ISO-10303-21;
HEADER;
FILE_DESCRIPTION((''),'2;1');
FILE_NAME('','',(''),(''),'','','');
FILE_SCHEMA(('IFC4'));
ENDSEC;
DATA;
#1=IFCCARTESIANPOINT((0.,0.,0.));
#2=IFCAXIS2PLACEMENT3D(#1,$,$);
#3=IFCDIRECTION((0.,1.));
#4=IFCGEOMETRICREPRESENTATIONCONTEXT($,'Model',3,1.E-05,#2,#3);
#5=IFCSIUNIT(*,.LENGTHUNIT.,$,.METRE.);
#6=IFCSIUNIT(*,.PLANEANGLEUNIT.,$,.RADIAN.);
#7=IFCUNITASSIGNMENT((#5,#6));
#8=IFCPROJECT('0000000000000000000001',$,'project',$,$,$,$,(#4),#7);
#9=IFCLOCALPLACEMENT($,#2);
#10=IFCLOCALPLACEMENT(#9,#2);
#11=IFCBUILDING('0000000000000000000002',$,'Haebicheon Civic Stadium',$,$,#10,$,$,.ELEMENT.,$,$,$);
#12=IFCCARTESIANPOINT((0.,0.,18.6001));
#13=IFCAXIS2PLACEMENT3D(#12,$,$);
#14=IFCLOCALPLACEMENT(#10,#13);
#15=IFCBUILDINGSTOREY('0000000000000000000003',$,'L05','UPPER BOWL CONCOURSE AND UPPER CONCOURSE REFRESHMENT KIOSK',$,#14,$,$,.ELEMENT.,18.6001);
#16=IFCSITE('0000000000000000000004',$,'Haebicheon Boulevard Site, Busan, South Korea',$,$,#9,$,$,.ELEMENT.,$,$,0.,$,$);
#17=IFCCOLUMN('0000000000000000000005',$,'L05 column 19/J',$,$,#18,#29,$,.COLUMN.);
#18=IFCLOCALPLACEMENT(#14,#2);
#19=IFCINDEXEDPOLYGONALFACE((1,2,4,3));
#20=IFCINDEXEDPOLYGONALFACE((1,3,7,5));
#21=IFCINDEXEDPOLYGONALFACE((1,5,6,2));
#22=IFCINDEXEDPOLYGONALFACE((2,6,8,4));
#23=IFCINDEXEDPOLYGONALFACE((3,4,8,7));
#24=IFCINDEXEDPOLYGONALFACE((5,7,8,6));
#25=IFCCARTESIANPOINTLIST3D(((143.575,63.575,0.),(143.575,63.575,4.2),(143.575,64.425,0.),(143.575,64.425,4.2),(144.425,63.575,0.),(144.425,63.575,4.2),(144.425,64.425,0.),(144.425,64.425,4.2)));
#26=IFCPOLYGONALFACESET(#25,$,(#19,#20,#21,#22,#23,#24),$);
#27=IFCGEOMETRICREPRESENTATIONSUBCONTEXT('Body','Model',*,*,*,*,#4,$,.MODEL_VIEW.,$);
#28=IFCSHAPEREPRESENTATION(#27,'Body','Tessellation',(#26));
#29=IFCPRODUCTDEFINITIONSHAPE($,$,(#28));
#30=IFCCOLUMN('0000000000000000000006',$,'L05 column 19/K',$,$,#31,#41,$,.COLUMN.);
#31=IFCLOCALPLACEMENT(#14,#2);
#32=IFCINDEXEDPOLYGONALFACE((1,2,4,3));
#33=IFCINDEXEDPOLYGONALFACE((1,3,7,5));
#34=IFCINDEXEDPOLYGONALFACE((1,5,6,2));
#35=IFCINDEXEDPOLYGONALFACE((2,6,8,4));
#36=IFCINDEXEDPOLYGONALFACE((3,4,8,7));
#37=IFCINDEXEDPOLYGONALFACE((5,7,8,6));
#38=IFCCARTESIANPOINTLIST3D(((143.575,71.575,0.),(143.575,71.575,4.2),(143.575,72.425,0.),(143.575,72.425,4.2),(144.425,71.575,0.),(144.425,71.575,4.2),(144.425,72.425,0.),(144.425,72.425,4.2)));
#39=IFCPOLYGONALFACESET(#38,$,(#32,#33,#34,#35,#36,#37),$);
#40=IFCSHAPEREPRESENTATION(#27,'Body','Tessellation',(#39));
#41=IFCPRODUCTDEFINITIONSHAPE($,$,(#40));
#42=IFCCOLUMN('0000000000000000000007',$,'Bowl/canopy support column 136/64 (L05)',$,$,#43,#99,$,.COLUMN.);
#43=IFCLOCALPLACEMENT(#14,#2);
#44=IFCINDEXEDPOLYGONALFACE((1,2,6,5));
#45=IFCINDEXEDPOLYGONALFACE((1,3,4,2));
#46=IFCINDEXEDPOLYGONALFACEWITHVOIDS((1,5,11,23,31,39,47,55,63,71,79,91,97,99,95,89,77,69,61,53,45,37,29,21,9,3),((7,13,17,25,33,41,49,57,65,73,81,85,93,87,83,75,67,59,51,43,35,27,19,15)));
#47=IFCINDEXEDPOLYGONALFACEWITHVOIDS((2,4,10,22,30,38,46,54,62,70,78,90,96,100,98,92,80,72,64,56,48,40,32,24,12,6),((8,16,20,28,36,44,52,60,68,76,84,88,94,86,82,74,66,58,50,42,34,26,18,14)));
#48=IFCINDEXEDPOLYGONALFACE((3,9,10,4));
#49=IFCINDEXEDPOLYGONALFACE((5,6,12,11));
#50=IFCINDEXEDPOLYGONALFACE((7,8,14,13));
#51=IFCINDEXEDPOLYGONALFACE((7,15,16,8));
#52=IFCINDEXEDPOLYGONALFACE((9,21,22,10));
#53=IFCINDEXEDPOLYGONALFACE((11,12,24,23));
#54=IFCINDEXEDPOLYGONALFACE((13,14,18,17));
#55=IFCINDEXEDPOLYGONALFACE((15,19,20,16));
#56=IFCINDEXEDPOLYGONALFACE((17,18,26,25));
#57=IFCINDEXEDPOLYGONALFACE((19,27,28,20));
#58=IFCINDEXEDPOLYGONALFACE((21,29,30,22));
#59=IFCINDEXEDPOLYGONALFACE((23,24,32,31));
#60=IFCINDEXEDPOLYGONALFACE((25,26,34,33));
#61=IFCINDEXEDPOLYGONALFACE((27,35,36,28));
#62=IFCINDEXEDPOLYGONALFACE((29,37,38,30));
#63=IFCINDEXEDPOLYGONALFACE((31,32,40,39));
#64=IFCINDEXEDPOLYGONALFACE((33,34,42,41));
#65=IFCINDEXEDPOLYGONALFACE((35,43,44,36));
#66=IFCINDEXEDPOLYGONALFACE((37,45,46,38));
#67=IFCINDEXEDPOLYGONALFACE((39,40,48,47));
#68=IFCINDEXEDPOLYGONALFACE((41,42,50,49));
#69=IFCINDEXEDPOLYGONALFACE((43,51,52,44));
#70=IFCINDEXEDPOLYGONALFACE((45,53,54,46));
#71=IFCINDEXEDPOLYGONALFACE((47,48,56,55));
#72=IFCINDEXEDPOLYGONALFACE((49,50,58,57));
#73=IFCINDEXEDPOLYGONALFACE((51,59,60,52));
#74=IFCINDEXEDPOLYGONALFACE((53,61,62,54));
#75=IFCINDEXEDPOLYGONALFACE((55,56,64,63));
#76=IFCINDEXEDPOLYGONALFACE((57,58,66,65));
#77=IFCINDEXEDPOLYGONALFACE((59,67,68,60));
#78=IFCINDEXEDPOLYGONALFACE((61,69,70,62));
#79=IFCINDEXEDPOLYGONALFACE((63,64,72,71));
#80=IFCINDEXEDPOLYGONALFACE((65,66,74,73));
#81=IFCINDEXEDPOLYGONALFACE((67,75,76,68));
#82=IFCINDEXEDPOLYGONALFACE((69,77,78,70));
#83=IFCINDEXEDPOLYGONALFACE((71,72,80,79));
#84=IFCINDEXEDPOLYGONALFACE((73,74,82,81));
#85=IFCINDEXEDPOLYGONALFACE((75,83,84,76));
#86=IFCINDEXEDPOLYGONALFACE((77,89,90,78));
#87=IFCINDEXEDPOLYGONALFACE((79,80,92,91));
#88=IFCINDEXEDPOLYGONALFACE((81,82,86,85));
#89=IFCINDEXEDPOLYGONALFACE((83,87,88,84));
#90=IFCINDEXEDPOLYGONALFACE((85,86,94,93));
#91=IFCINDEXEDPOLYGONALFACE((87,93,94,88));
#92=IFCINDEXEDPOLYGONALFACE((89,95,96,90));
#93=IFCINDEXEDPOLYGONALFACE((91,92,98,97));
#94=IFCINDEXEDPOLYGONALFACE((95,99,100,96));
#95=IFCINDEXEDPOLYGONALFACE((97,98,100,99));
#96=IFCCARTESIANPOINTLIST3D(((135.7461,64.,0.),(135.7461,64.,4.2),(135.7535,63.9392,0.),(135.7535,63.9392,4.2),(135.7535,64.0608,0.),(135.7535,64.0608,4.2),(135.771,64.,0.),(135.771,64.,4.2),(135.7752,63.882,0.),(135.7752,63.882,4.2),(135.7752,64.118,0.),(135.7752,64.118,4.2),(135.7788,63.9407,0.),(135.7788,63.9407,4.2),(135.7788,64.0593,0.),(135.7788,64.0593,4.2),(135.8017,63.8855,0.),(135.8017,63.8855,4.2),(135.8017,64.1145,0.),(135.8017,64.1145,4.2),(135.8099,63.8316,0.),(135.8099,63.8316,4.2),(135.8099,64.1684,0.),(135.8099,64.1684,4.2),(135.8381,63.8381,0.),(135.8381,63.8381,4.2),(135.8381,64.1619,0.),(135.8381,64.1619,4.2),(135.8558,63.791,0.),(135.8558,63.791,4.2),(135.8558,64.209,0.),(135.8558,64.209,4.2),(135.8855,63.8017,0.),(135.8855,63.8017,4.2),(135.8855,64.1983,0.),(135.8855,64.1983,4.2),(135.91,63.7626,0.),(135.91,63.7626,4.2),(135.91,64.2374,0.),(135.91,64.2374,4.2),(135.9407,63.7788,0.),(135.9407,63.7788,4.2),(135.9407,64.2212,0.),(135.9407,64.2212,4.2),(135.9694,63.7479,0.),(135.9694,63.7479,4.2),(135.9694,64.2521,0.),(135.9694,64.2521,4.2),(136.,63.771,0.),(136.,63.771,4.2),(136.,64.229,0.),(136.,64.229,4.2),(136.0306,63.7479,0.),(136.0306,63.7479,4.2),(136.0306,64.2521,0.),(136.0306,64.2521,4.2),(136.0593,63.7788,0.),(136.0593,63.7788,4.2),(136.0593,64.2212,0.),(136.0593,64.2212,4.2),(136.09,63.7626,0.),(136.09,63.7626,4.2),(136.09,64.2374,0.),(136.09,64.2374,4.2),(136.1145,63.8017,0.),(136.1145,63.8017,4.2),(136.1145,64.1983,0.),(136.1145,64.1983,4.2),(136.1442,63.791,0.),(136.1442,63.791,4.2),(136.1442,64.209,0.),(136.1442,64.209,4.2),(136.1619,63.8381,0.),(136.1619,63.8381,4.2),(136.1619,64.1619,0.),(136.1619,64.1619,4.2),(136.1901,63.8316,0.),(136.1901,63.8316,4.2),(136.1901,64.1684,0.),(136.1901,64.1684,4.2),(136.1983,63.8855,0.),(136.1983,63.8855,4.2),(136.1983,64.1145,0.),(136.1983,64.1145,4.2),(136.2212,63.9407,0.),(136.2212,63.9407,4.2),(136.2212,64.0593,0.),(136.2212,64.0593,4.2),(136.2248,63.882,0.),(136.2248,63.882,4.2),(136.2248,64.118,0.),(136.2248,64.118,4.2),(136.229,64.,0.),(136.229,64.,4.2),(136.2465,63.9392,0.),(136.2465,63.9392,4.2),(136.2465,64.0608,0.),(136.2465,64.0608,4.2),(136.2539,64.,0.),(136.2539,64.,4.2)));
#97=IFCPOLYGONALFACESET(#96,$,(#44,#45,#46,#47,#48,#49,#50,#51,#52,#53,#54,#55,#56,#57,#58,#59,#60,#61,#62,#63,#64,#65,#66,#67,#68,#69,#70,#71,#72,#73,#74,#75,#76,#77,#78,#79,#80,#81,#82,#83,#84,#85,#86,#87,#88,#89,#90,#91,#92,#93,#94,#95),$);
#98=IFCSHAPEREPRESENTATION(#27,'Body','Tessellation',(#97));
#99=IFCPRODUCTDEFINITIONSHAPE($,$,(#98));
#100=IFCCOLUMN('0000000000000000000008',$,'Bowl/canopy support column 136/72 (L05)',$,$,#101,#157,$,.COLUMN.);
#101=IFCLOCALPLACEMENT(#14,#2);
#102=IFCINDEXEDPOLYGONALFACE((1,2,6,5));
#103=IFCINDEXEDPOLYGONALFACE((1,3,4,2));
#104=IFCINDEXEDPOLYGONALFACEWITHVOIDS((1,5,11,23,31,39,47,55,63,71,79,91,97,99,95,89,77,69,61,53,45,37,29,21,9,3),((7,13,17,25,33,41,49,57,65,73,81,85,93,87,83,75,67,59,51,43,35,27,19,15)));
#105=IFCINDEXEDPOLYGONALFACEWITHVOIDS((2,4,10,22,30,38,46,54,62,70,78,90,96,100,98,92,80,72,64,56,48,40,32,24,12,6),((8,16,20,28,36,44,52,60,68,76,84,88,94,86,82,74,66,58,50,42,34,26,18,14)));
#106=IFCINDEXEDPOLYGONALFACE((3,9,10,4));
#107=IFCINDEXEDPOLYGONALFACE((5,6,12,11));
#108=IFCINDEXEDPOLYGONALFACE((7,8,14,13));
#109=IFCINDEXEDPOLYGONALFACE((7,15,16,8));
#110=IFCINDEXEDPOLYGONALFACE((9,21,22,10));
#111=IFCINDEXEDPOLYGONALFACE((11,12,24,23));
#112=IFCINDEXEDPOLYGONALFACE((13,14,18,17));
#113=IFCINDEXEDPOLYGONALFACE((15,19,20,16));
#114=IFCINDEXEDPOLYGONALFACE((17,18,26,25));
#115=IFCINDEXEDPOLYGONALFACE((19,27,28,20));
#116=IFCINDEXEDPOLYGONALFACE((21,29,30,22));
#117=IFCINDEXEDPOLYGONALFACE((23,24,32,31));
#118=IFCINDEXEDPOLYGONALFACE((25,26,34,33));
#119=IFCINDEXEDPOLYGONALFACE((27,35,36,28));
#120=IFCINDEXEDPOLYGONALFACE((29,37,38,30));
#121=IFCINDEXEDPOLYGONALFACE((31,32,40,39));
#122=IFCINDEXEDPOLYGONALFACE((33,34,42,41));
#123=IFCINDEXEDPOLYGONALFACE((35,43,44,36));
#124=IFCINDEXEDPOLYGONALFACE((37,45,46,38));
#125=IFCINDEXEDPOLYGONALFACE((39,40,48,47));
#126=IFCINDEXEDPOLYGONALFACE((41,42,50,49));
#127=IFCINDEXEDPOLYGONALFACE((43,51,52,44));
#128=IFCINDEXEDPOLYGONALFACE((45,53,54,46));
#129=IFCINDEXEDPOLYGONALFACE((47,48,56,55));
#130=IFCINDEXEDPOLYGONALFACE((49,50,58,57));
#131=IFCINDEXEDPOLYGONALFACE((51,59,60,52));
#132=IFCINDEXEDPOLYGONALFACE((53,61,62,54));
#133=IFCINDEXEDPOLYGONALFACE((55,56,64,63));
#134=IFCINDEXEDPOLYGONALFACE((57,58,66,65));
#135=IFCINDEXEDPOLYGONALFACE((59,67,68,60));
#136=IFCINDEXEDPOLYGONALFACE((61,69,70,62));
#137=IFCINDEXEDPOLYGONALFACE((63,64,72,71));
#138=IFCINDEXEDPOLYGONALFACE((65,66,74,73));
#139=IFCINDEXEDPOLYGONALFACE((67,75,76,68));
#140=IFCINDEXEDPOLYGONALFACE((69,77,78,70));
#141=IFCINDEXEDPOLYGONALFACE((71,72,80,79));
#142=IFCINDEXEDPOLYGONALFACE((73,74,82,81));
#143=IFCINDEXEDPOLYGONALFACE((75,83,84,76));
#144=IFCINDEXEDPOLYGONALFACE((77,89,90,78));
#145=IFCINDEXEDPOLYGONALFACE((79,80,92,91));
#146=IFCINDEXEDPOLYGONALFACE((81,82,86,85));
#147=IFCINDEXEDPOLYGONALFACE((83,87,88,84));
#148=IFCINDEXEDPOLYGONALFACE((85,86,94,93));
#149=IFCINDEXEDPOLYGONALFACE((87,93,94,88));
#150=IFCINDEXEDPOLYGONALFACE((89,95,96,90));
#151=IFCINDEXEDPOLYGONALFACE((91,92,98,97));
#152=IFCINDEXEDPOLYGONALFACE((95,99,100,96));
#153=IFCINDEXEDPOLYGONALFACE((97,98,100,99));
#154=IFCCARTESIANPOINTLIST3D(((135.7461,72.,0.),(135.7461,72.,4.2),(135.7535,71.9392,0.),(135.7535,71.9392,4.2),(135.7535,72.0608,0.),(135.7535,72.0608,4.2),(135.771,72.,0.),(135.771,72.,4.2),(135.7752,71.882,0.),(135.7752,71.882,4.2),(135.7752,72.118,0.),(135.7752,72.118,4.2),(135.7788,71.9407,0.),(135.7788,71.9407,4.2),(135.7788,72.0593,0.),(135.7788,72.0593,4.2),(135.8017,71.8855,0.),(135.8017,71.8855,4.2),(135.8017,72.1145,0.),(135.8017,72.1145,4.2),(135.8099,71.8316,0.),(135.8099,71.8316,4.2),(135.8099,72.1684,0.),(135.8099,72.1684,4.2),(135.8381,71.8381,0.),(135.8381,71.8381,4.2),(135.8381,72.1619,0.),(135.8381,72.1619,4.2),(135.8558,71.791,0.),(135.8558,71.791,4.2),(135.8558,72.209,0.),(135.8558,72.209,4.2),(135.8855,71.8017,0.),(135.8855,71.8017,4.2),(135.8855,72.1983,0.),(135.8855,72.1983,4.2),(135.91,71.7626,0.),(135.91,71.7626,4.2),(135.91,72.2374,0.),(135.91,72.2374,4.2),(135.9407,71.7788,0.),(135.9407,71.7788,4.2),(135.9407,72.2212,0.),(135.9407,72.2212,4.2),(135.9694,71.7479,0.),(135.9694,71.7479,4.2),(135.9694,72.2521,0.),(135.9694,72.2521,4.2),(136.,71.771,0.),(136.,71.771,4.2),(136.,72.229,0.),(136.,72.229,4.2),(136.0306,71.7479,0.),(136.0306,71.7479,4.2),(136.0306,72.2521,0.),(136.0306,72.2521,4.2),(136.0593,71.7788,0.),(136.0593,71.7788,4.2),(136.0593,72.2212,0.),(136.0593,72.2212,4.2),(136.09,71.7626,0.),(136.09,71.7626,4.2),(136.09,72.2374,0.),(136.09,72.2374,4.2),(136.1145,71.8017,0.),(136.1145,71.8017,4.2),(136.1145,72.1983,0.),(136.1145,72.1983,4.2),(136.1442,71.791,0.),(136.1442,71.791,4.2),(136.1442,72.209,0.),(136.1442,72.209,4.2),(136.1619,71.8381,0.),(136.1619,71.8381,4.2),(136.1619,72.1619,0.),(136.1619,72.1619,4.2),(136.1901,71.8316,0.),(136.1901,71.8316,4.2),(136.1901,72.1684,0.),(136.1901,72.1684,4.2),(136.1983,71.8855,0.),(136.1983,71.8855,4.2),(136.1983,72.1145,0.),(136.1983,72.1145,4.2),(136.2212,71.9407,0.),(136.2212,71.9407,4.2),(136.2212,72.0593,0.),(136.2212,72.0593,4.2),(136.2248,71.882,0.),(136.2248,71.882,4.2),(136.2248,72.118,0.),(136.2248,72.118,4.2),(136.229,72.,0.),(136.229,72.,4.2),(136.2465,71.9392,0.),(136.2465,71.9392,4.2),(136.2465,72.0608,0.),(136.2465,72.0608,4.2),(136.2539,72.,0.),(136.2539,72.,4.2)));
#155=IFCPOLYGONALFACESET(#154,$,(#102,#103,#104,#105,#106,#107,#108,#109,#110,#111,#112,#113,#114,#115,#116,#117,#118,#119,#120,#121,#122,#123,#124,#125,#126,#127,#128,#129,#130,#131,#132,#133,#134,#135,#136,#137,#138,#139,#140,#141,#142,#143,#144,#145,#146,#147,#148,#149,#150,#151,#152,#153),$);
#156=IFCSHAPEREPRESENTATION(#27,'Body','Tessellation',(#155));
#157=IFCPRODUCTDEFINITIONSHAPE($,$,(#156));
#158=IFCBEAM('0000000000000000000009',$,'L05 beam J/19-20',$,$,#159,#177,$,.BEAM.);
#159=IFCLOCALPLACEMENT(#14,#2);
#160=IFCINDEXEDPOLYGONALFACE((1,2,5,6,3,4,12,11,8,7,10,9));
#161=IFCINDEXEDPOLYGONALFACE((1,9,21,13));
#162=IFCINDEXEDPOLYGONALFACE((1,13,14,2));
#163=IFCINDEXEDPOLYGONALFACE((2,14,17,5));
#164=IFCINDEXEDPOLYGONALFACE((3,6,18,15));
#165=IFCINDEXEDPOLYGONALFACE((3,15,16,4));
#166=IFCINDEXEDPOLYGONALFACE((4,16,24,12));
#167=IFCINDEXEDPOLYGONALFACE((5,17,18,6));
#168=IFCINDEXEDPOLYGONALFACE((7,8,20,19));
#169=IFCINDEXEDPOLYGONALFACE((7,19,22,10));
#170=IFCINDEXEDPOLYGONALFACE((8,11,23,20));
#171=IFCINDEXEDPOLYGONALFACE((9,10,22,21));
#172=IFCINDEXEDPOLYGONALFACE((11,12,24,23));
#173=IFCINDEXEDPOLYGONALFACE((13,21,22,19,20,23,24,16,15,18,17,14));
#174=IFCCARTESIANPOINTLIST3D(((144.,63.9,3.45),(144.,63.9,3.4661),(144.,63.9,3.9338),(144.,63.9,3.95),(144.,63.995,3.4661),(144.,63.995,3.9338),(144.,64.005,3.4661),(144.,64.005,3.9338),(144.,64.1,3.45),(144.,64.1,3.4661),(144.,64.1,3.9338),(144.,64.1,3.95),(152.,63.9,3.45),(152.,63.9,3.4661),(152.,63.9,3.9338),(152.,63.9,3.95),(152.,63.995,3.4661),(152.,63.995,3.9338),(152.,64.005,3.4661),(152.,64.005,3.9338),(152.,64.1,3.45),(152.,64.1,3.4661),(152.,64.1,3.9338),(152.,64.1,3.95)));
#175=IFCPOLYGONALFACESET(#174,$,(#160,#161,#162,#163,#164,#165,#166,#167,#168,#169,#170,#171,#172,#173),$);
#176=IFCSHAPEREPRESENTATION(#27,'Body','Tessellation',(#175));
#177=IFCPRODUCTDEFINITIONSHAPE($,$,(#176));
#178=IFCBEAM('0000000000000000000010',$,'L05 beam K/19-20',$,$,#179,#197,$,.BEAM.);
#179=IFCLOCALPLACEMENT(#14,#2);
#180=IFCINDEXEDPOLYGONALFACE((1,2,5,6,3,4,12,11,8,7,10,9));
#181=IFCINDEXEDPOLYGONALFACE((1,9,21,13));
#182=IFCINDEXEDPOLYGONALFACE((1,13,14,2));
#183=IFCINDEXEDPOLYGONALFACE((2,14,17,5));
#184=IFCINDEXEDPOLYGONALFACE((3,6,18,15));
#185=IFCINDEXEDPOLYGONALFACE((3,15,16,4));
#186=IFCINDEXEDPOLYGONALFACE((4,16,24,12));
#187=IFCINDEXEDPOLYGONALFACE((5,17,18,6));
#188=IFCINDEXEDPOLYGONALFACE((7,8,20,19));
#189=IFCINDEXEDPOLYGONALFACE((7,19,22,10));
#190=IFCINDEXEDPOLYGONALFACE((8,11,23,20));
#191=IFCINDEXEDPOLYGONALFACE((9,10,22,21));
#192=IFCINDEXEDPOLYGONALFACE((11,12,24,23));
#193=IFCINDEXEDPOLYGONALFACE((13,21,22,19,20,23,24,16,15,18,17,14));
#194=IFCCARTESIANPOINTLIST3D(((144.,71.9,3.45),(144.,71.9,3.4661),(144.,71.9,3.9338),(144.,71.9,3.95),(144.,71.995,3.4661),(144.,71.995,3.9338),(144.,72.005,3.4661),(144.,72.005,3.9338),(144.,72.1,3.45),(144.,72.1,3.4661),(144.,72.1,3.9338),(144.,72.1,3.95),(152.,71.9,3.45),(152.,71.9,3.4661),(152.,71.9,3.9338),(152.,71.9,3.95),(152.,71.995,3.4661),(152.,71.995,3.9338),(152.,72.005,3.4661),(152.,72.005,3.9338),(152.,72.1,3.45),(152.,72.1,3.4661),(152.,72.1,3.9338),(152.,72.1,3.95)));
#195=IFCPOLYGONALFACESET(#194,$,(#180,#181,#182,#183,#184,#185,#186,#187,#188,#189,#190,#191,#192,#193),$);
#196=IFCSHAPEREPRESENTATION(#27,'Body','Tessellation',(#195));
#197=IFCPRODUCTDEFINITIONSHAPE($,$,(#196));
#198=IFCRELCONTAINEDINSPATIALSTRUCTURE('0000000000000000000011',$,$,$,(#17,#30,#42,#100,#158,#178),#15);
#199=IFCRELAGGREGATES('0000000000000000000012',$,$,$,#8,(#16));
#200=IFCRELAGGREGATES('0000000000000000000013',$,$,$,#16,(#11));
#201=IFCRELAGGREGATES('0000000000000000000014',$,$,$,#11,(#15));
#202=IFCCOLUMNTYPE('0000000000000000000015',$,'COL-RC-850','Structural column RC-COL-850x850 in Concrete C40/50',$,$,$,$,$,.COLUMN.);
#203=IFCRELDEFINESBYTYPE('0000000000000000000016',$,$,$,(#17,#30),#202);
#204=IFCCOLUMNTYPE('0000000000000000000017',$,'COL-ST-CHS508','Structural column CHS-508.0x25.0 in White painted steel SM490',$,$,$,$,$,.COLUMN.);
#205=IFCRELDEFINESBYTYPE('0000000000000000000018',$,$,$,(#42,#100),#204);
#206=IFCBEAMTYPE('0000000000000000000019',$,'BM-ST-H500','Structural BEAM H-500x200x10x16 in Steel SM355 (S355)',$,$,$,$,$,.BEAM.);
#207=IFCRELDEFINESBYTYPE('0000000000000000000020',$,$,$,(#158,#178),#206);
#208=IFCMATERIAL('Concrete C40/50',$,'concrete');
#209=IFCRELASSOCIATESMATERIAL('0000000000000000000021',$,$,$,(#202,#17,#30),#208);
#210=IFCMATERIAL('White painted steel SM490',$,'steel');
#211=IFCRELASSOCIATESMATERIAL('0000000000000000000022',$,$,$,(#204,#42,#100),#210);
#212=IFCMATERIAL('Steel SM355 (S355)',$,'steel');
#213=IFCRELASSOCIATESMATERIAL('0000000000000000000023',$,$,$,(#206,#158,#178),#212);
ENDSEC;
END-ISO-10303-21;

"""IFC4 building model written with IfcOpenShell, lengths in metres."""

from ifc_helpers import new_model, si_unit, direction, frame, origin, origin_2d, place, context, subcontext, project, spatial, rectangle, hollow_circle, i_section, extrude, material, material_profile, profile_set, type_object, element, save


model = new_model("IFC4")

# Units and contexts
model_context = context("Model", 3, precision=1e-05, world=origin(), true_north=direction((0.0, 1.0)))
body_context = subcontext(model_context, "Body", "Model", "MODEL_VIEW")
ifc_project = project(units=[si_unit("LENGTHUNIT", "METRE"), si_unit("PLANEANGLEUNIT", "RADIAN")], contexts=[model_context])

# Site, building, storey
site_placement = place(None, origin())
site = spatial("IfcSite", under=ifc_project, at=site_placement, Name="Haebicheon Boulevard Site, Busan, South Korea", CompositionType="ELEMENT", RefElevation=0.0)
building_placement = place(site_placement, origin())
building = spatial("IfcBuilding", under=site, at=building_placement, Name="Haebicheon Civic Stadium", CompositionType="ELEMENT")
storey_placement = place(building_placement, frame((0.0, 0.0, 18.6001)))
storey = spatial("IfcBuildingStorey", under=building, at=storey_placement, Name="L05", Description="UPPER BOWL CONCOURSE AND UPPER CONCOURSE REFRESHMENT KIOSK", CompositionType="ELEMENT", Elevation=18.6001)

# Columns
ifc_material_1 = material(Name="Concrete C40/50", Category="concrete")
ifc_material_profile_1 = material_profile(ifc_material_1, rectangle(XDim=0.8501, YDim=0.8501, at=origin_2d()), Name="RC-COL-850x850")
ifc_profile_set_1 = profile_set([ifc_material_profile_1], Name="Concrete C40/50")
column_type_1 = type_object("IfcColumnType", Name="COL-RC-850", Description="Structural column RC-COL-850x850 in Concrete C40/50", PredefinedType="COLUMN", material=ifc_profile_set_1)
for number, where, z_axis, x_axis, name in (
    (1, (144.0, 64.0, 0.0), (0.0, 0.0, 1.0), (1.0, 0.0, 0.0), "L05 column 19/J"),
    (2, (144.0, 72.0, 0.0), (0.0, 0.0, 1.0), (1.0, 0.0, 0.0), "L05 column 19/K"),
):
    element("IfcColumn", number, at=place(storey_placement, frame(where, z_axis=z_axis, x_axis=x_axis)), inside=storey, type_object=column_type_1, material=ifc_profile_set_1, Name=name, PredefinedType="COLUMN", context=body_context, shape_type="SweptSolid", body=[
        extrude(rectangle(XDim=0.8501, YDim=0.8501, at=origin_2d()), origin(), (0.0, 0.0, 1.0), 4.2),
    ])
ifc_material_2 = material(Name="White painted steel SM490", Category="steel")
ifc_material_profile_2 = material_profile(ifc_material_2, hollow_circle(Radius=0.2539, WallThickness=0.0249, at=origin_2d()), Name="CHS-508.0x25.0")
ifc_profile_set_2 = profile_set([ifc_material_profile_2], Name="White painted steel SM490")
column_type_2 = type_object("IfcColumnType", Name="COL-ST-CHS508", Description="Structural column CHS-508.0x25.0 in White painted steel SM490", PredefinedType="COLUMN", material=ifc_profile_set_2)
for number, where, z_axis, x_axis, name in (
    (3, (136.0, 64.0, 0.0), (0.0, 0.0, 1.0), (1.0, 0.0, 0.0), "Bowl/canopy support column 136/64 (L05)"),
    (4, (136.0, 72.0, 0.0), (0.0, 0.0, 1.0), (1.0, 0.0, 0.0), "Bowl/canopy support column 136/72 (L05)"),
):
    element("IfcColumn", number, at=place(storey_placement, frame(where, z_axis=z_axis, x_axis=x_axis)), inside=storey, type_object=column_type_2, material=ifc_profile_set_2, Name=name, PredefinedType="COLUMN", context=body_context, shape_type="SweptSolid", body=[
        extrude(hollow_circle(Radius=0.2539, WallThickness=0.0249, at=origin_2d()), origin(), (0.0, 0.0, 1.0), 4.2),
    ])

# Beams
ifc_material_3 = material(Name="Steel SM355 (S355)", Category="steel")
ifc_material_profile_3 = material_profile(ifc_material_3, i_section(OverallWidth=0.2, OverallDepth=0.5, WebThickness=0.01, FlangeThickness=0.0161, at=origin_2d()), Name="H-500x200x10x16")
ifc_profile_set_3 = profile_set([ifc_material_profile_3], Name="Steel SM355 (S355)")
beam_type_1 = type_object("IfcBeamType", Name="BM-ST-H500", Description="Structural BEAM H-500x200x10x16 in Steel SM355 (S355)", PredefinedType="BEAM", material=ifc_profile_set_3)
for number, where, z_axis, x_axis, name in (
    (5, (144.0, 64.0, 3.7), (1.0, 0.0, 0.0), (0.0, 1.0, 0.0), "L05 beam J/19-20"),
    (6, (144.0, 72.0, 3.7), (1.0, 0.0, 0.0), (0.0, 1.0, 0.0), "L05 beam K/19-20"),
):
    element("IfcBeam", number, at=place(storey_placement, frame(where, z_axis=z_axis, x_axis=x_axis)), inside=storey, type_object=beam_type_1, material=ifc_profile_set_3, Name=name, PredefinedType="BEAM", context=body_context, shape_type="SweptSolid", body=[
        extrude(i_section(OverallWidth=0.2, OverallDepth=0.5, WebThickness=0.01, FlangeThickness=0.0161, at=origin_2d()), origin(), (0.0, 0.0, 1.0), 8.0),
    ])

save(model, "model.ifc")
